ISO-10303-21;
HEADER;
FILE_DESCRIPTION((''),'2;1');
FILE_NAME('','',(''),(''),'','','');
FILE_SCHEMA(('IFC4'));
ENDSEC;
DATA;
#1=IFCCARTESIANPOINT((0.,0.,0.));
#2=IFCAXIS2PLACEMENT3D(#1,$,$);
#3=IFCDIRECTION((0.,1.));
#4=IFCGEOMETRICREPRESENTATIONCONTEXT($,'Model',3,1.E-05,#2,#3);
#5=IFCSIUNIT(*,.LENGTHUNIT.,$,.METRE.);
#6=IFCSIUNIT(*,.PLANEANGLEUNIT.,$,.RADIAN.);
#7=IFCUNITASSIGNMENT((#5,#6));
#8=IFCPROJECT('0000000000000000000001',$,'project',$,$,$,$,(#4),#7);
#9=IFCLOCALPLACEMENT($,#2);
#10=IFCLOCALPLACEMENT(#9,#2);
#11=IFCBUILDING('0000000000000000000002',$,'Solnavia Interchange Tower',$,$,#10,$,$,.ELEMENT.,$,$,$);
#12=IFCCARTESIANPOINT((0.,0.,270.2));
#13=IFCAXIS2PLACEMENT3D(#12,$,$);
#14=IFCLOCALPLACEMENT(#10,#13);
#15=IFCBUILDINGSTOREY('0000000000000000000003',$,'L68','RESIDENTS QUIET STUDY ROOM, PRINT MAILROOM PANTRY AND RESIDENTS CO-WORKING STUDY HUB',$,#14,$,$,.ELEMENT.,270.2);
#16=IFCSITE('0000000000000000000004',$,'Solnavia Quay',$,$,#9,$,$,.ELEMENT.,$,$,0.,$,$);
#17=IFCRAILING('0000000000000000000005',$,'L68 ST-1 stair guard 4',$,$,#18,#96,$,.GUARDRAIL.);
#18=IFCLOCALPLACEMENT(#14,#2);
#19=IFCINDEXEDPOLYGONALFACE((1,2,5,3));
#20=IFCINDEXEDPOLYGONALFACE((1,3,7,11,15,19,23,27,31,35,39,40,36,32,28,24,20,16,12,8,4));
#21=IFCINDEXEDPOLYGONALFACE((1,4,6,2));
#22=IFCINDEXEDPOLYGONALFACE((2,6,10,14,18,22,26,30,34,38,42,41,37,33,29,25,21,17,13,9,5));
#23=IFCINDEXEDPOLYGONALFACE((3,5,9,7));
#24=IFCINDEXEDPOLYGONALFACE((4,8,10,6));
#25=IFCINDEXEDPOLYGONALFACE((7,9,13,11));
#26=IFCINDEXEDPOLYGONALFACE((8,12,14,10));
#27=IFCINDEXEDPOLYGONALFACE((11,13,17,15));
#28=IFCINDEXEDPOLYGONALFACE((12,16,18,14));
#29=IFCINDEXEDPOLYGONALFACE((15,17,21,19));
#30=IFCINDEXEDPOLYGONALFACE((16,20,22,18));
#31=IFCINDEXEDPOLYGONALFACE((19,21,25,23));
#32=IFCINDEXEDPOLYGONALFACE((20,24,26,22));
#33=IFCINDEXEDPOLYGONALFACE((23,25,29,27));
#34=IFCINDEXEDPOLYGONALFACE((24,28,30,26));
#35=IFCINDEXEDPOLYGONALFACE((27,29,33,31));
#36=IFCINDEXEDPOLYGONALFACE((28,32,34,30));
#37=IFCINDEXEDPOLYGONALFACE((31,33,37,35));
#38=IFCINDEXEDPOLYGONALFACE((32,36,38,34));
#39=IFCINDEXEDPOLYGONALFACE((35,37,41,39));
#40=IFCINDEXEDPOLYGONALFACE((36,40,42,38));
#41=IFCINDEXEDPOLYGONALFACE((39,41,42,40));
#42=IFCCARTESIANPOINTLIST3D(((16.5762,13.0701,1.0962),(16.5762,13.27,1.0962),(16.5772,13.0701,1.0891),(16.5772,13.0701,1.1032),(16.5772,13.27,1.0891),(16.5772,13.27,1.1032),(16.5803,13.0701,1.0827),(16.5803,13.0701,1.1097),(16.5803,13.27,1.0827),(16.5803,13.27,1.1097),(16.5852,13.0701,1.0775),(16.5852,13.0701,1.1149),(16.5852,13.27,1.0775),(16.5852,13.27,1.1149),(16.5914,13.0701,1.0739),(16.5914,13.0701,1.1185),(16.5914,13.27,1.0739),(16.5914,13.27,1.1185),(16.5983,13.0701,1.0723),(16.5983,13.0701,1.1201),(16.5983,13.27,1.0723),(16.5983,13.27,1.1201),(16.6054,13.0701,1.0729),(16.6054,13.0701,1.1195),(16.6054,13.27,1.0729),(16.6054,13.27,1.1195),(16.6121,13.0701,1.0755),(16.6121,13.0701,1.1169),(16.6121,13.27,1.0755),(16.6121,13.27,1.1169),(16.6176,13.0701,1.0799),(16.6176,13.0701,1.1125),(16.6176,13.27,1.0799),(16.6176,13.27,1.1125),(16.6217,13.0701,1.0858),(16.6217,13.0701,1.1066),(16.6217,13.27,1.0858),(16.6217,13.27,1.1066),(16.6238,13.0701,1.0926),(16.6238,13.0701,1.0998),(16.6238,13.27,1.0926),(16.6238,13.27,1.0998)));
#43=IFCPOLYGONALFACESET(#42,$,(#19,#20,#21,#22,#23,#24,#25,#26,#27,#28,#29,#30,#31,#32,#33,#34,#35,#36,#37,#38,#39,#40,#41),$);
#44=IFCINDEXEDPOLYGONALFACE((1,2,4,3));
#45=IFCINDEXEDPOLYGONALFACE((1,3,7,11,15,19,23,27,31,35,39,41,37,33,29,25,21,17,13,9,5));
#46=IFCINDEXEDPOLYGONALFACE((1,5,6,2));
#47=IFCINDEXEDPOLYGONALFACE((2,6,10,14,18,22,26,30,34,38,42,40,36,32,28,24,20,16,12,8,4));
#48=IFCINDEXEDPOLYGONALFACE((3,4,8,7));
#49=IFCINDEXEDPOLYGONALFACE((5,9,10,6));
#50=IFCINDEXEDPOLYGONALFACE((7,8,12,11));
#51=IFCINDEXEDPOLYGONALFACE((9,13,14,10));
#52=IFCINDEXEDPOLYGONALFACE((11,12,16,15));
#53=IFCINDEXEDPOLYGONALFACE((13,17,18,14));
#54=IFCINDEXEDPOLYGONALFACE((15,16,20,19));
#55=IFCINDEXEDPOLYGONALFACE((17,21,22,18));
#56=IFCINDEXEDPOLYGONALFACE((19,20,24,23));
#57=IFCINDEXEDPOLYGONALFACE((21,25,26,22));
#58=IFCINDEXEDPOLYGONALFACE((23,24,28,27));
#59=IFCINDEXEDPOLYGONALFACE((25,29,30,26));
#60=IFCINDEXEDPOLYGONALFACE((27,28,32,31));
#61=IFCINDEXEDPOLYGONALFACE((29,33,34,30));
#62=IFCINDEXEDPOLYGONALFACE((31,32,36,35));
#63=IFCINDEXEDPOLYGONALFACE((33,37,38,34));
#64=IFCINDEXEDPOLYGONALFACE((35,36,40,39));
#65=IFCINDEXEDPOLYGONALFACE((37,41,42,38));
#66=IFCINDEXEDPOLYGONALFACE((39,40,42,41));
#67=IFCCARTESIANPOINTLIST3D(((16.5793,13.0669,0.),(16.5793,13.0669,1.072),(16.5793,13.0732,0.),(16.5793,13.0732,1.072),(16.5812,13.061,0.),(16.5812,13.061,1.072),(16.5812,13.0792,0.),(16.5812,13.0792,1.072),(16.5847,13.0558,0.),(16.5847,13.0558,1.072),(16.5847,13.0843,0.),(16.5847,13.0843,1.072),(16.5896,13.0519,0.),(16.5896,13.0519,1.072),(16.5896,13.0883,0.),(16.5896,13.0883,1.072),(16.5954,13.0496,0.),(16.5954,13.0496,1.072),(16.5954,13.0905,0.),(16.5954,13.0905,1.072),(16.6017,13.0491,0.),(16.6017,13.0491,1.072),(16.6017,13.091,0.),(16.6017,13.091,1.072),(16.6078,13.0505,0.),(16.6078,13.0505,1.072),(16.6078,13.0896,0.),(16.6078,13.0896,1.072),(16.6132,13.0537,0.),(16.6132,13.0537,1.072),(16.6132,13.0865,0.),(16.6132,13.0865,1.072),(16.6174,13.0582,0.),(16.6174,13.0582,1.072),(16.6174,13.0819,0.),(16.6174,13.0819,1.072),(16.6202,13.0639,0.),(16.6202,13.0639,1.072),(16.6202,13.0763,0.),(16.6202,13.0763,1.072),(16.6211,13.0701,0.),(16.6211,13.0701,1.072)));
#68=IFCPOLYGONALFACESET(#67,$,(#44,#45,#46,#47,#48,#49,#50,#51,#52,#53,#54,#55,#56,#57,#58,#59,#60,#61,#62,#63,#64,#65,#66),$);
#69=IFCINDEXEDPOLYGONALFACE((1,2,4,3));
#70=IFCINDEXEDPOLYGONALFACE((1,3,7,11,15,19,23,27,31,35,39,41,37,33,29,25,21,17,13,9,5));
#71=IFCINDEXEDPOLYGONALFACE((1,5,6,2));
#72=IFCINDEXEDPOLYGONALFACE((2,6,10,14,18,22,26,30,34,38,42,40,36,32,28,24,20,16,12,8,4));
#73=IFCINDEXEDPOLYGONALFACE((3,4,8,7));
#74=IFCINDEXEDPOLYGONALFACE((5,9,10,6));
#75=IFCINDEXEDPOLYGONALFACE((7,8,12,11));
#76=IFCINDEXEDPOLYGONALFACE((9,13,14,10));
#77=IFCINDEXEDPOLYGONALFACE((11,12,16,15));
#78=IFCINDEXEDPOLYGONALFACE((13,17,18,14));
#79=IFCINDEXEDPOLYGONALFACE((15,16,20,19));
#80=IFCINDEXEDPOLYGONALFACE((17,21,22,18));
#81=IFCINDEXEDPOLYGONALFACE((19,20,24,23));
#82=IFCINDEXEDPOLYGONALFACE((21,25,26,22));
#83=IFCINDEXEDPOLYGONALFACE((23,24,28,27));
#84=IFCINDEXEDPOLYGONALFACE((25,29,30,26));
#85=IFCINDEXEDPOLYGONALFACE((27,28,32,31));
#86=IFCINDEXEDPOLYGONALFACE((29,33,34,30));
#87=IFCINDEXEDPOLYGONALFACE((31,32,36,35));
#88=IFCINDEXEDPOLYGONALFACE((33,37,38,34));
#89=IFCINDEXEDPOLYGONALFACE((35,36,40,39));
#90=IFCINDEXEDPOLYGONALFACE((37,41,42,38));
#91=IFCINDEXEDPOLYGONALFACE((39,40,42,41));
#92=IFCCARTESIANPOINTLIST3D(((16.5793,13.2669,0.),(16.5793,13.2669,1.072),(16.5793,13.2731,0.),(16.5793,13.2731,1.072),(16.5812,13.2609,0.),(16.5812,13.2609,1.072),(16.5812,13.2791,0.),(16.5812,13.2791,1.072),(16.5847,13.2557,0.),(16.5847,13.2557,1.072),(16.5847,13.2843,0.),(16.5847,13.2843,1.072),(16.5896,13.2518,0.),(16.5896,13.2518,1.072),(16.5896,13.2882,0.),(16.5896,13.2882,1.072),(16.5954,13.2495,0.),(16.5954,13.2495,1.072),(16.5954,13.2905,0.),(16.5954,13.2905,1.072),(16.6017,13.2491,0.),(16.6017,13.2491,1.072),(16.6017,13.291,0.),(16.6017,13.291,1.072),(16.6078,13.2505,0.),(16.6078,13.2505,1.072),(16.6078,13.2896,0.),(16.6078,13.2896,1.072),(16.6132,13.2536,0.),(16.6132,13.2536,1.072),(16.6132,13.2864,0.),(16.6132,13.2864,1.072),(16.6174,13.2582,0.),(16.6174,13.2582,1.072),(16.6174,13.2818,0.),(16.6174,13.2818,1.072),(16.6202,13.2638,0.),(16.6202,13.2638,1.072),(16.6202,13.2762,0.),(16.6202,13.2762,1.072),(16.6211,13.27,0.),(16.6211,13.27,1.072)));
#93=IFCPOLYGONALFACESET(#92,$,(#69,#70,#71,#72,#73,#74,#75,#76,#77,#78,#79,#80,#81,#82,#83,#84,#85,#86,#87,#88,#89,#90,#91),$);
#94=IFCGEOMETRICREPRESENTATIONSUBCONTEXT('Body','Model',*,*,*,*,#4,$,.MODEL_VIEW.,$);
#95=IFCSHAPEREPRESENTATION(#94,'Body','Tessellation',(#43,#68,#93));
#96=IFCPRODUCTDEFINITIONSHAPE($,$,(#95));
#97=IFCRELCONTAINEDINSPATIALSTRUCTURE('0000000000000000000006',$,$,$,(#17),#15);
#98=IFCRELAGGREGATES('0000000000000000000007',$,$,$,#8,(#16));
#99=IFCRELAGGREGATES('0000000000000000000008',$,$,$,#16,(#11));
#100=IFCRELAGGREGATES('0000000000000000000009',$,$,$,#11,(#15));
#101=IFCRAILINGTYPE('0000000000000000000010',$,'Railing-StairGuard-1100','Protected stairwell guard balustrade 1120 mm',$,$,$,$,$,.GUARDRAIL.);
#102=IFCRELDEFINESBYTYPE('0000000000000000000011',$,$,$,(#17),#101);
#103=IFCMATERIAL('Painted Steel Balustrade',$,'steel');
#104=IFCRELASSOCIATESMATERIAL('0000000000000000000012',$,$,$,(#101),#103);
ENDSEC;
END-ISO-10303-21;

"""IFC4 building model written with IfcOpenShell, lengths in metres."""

from ifc_helpers import new_model, si_unit, direction, frame, origin, origin_2d, place, context, subcontext, project, spatial, circle, extrude, material, type_object, element, save


model = new_model("IFC4")

# Units and contexts
model_context = context("Model", 3, precision=1e-05, world=origin(), true_north=direction((0.0, 1.0)))
body_context = subcontext(model_context, "Body", "Model", "MODEL_VIEW")
ifc_project = project(units=[si_unit("LENGTHUNIT", "METRE"), si_unit("PLANEANGLEUNIT", "RADIAN")], contexts=[model_context])

# Site, building, storey
site_placement = place(None, origin())
site = spatial("IfcSite", under=ifc_project, at=site_placement, Name="Solnavia Quay", CompositionType="ELEMENT", RefElevation=0.0)
building_placement = place(site_placement, origin())
building = spatial("IfcBuilding", under=site, at=building_placement, Name="Solnavia Interchange Tower", CompositionType="ELEMENT")
storey_placement = place(building_placement, frame((0.0, 0.0, 270.2)))
storey = spatial("IfcBuildingStorey", under=building, at=storey_placement, Name="L68", Description="RESIDENTS QUIET STUDY ROOM, PRINT MAILROOM PANTRY AND RESIDENTS CO-WORKING STUDY HUB", CompositionType="ELEMENT", Elevation=270.2)

# Railing
ifc_material_1 = material(Name="Painted Steel Balustrade", Category="steel")
railing_type_1 = type_object("IfcRailingType", Name="Railing-StairGuard-1100", Description="Protected stairwell guard balustrade 1120 mm", PredefinedType="GUARDRAIL", material=ifc_material_1)
railing_1_placement = place(storey_placement, frame((16.6001, 13.0701, 0.0)))
element("IfcRailing", 1, at=railing_1_placement, inside=storey, type_object=railing_type_1, Name="L68 ST-1 stair guard 4", PredefinedType="GUARDRAIL", context=body_context, shape_type="SweptSolid", body=[
    extrude(circle(Radius=0.0239, at=origin_2d()), frame((0.0, 0.0, 1.0962), z_axis=(0.0, 1.0, 0.0), x_axis=(-1.0, 0.0, 0.0)), (0.0, 0.0, 1.0), 0.2),
    extrude(circle(Radius=0.021, at=origin_2d()), origin(), (0.0, 0.0, 1.0), 1.072),
    extrude(circle(Radius=0.021, at=origin_2d()), frame((0.0, 0.2, 0.0)), (0.0, 0.0, 1.0), 1.072),
])

save(model, "model.ifc")
